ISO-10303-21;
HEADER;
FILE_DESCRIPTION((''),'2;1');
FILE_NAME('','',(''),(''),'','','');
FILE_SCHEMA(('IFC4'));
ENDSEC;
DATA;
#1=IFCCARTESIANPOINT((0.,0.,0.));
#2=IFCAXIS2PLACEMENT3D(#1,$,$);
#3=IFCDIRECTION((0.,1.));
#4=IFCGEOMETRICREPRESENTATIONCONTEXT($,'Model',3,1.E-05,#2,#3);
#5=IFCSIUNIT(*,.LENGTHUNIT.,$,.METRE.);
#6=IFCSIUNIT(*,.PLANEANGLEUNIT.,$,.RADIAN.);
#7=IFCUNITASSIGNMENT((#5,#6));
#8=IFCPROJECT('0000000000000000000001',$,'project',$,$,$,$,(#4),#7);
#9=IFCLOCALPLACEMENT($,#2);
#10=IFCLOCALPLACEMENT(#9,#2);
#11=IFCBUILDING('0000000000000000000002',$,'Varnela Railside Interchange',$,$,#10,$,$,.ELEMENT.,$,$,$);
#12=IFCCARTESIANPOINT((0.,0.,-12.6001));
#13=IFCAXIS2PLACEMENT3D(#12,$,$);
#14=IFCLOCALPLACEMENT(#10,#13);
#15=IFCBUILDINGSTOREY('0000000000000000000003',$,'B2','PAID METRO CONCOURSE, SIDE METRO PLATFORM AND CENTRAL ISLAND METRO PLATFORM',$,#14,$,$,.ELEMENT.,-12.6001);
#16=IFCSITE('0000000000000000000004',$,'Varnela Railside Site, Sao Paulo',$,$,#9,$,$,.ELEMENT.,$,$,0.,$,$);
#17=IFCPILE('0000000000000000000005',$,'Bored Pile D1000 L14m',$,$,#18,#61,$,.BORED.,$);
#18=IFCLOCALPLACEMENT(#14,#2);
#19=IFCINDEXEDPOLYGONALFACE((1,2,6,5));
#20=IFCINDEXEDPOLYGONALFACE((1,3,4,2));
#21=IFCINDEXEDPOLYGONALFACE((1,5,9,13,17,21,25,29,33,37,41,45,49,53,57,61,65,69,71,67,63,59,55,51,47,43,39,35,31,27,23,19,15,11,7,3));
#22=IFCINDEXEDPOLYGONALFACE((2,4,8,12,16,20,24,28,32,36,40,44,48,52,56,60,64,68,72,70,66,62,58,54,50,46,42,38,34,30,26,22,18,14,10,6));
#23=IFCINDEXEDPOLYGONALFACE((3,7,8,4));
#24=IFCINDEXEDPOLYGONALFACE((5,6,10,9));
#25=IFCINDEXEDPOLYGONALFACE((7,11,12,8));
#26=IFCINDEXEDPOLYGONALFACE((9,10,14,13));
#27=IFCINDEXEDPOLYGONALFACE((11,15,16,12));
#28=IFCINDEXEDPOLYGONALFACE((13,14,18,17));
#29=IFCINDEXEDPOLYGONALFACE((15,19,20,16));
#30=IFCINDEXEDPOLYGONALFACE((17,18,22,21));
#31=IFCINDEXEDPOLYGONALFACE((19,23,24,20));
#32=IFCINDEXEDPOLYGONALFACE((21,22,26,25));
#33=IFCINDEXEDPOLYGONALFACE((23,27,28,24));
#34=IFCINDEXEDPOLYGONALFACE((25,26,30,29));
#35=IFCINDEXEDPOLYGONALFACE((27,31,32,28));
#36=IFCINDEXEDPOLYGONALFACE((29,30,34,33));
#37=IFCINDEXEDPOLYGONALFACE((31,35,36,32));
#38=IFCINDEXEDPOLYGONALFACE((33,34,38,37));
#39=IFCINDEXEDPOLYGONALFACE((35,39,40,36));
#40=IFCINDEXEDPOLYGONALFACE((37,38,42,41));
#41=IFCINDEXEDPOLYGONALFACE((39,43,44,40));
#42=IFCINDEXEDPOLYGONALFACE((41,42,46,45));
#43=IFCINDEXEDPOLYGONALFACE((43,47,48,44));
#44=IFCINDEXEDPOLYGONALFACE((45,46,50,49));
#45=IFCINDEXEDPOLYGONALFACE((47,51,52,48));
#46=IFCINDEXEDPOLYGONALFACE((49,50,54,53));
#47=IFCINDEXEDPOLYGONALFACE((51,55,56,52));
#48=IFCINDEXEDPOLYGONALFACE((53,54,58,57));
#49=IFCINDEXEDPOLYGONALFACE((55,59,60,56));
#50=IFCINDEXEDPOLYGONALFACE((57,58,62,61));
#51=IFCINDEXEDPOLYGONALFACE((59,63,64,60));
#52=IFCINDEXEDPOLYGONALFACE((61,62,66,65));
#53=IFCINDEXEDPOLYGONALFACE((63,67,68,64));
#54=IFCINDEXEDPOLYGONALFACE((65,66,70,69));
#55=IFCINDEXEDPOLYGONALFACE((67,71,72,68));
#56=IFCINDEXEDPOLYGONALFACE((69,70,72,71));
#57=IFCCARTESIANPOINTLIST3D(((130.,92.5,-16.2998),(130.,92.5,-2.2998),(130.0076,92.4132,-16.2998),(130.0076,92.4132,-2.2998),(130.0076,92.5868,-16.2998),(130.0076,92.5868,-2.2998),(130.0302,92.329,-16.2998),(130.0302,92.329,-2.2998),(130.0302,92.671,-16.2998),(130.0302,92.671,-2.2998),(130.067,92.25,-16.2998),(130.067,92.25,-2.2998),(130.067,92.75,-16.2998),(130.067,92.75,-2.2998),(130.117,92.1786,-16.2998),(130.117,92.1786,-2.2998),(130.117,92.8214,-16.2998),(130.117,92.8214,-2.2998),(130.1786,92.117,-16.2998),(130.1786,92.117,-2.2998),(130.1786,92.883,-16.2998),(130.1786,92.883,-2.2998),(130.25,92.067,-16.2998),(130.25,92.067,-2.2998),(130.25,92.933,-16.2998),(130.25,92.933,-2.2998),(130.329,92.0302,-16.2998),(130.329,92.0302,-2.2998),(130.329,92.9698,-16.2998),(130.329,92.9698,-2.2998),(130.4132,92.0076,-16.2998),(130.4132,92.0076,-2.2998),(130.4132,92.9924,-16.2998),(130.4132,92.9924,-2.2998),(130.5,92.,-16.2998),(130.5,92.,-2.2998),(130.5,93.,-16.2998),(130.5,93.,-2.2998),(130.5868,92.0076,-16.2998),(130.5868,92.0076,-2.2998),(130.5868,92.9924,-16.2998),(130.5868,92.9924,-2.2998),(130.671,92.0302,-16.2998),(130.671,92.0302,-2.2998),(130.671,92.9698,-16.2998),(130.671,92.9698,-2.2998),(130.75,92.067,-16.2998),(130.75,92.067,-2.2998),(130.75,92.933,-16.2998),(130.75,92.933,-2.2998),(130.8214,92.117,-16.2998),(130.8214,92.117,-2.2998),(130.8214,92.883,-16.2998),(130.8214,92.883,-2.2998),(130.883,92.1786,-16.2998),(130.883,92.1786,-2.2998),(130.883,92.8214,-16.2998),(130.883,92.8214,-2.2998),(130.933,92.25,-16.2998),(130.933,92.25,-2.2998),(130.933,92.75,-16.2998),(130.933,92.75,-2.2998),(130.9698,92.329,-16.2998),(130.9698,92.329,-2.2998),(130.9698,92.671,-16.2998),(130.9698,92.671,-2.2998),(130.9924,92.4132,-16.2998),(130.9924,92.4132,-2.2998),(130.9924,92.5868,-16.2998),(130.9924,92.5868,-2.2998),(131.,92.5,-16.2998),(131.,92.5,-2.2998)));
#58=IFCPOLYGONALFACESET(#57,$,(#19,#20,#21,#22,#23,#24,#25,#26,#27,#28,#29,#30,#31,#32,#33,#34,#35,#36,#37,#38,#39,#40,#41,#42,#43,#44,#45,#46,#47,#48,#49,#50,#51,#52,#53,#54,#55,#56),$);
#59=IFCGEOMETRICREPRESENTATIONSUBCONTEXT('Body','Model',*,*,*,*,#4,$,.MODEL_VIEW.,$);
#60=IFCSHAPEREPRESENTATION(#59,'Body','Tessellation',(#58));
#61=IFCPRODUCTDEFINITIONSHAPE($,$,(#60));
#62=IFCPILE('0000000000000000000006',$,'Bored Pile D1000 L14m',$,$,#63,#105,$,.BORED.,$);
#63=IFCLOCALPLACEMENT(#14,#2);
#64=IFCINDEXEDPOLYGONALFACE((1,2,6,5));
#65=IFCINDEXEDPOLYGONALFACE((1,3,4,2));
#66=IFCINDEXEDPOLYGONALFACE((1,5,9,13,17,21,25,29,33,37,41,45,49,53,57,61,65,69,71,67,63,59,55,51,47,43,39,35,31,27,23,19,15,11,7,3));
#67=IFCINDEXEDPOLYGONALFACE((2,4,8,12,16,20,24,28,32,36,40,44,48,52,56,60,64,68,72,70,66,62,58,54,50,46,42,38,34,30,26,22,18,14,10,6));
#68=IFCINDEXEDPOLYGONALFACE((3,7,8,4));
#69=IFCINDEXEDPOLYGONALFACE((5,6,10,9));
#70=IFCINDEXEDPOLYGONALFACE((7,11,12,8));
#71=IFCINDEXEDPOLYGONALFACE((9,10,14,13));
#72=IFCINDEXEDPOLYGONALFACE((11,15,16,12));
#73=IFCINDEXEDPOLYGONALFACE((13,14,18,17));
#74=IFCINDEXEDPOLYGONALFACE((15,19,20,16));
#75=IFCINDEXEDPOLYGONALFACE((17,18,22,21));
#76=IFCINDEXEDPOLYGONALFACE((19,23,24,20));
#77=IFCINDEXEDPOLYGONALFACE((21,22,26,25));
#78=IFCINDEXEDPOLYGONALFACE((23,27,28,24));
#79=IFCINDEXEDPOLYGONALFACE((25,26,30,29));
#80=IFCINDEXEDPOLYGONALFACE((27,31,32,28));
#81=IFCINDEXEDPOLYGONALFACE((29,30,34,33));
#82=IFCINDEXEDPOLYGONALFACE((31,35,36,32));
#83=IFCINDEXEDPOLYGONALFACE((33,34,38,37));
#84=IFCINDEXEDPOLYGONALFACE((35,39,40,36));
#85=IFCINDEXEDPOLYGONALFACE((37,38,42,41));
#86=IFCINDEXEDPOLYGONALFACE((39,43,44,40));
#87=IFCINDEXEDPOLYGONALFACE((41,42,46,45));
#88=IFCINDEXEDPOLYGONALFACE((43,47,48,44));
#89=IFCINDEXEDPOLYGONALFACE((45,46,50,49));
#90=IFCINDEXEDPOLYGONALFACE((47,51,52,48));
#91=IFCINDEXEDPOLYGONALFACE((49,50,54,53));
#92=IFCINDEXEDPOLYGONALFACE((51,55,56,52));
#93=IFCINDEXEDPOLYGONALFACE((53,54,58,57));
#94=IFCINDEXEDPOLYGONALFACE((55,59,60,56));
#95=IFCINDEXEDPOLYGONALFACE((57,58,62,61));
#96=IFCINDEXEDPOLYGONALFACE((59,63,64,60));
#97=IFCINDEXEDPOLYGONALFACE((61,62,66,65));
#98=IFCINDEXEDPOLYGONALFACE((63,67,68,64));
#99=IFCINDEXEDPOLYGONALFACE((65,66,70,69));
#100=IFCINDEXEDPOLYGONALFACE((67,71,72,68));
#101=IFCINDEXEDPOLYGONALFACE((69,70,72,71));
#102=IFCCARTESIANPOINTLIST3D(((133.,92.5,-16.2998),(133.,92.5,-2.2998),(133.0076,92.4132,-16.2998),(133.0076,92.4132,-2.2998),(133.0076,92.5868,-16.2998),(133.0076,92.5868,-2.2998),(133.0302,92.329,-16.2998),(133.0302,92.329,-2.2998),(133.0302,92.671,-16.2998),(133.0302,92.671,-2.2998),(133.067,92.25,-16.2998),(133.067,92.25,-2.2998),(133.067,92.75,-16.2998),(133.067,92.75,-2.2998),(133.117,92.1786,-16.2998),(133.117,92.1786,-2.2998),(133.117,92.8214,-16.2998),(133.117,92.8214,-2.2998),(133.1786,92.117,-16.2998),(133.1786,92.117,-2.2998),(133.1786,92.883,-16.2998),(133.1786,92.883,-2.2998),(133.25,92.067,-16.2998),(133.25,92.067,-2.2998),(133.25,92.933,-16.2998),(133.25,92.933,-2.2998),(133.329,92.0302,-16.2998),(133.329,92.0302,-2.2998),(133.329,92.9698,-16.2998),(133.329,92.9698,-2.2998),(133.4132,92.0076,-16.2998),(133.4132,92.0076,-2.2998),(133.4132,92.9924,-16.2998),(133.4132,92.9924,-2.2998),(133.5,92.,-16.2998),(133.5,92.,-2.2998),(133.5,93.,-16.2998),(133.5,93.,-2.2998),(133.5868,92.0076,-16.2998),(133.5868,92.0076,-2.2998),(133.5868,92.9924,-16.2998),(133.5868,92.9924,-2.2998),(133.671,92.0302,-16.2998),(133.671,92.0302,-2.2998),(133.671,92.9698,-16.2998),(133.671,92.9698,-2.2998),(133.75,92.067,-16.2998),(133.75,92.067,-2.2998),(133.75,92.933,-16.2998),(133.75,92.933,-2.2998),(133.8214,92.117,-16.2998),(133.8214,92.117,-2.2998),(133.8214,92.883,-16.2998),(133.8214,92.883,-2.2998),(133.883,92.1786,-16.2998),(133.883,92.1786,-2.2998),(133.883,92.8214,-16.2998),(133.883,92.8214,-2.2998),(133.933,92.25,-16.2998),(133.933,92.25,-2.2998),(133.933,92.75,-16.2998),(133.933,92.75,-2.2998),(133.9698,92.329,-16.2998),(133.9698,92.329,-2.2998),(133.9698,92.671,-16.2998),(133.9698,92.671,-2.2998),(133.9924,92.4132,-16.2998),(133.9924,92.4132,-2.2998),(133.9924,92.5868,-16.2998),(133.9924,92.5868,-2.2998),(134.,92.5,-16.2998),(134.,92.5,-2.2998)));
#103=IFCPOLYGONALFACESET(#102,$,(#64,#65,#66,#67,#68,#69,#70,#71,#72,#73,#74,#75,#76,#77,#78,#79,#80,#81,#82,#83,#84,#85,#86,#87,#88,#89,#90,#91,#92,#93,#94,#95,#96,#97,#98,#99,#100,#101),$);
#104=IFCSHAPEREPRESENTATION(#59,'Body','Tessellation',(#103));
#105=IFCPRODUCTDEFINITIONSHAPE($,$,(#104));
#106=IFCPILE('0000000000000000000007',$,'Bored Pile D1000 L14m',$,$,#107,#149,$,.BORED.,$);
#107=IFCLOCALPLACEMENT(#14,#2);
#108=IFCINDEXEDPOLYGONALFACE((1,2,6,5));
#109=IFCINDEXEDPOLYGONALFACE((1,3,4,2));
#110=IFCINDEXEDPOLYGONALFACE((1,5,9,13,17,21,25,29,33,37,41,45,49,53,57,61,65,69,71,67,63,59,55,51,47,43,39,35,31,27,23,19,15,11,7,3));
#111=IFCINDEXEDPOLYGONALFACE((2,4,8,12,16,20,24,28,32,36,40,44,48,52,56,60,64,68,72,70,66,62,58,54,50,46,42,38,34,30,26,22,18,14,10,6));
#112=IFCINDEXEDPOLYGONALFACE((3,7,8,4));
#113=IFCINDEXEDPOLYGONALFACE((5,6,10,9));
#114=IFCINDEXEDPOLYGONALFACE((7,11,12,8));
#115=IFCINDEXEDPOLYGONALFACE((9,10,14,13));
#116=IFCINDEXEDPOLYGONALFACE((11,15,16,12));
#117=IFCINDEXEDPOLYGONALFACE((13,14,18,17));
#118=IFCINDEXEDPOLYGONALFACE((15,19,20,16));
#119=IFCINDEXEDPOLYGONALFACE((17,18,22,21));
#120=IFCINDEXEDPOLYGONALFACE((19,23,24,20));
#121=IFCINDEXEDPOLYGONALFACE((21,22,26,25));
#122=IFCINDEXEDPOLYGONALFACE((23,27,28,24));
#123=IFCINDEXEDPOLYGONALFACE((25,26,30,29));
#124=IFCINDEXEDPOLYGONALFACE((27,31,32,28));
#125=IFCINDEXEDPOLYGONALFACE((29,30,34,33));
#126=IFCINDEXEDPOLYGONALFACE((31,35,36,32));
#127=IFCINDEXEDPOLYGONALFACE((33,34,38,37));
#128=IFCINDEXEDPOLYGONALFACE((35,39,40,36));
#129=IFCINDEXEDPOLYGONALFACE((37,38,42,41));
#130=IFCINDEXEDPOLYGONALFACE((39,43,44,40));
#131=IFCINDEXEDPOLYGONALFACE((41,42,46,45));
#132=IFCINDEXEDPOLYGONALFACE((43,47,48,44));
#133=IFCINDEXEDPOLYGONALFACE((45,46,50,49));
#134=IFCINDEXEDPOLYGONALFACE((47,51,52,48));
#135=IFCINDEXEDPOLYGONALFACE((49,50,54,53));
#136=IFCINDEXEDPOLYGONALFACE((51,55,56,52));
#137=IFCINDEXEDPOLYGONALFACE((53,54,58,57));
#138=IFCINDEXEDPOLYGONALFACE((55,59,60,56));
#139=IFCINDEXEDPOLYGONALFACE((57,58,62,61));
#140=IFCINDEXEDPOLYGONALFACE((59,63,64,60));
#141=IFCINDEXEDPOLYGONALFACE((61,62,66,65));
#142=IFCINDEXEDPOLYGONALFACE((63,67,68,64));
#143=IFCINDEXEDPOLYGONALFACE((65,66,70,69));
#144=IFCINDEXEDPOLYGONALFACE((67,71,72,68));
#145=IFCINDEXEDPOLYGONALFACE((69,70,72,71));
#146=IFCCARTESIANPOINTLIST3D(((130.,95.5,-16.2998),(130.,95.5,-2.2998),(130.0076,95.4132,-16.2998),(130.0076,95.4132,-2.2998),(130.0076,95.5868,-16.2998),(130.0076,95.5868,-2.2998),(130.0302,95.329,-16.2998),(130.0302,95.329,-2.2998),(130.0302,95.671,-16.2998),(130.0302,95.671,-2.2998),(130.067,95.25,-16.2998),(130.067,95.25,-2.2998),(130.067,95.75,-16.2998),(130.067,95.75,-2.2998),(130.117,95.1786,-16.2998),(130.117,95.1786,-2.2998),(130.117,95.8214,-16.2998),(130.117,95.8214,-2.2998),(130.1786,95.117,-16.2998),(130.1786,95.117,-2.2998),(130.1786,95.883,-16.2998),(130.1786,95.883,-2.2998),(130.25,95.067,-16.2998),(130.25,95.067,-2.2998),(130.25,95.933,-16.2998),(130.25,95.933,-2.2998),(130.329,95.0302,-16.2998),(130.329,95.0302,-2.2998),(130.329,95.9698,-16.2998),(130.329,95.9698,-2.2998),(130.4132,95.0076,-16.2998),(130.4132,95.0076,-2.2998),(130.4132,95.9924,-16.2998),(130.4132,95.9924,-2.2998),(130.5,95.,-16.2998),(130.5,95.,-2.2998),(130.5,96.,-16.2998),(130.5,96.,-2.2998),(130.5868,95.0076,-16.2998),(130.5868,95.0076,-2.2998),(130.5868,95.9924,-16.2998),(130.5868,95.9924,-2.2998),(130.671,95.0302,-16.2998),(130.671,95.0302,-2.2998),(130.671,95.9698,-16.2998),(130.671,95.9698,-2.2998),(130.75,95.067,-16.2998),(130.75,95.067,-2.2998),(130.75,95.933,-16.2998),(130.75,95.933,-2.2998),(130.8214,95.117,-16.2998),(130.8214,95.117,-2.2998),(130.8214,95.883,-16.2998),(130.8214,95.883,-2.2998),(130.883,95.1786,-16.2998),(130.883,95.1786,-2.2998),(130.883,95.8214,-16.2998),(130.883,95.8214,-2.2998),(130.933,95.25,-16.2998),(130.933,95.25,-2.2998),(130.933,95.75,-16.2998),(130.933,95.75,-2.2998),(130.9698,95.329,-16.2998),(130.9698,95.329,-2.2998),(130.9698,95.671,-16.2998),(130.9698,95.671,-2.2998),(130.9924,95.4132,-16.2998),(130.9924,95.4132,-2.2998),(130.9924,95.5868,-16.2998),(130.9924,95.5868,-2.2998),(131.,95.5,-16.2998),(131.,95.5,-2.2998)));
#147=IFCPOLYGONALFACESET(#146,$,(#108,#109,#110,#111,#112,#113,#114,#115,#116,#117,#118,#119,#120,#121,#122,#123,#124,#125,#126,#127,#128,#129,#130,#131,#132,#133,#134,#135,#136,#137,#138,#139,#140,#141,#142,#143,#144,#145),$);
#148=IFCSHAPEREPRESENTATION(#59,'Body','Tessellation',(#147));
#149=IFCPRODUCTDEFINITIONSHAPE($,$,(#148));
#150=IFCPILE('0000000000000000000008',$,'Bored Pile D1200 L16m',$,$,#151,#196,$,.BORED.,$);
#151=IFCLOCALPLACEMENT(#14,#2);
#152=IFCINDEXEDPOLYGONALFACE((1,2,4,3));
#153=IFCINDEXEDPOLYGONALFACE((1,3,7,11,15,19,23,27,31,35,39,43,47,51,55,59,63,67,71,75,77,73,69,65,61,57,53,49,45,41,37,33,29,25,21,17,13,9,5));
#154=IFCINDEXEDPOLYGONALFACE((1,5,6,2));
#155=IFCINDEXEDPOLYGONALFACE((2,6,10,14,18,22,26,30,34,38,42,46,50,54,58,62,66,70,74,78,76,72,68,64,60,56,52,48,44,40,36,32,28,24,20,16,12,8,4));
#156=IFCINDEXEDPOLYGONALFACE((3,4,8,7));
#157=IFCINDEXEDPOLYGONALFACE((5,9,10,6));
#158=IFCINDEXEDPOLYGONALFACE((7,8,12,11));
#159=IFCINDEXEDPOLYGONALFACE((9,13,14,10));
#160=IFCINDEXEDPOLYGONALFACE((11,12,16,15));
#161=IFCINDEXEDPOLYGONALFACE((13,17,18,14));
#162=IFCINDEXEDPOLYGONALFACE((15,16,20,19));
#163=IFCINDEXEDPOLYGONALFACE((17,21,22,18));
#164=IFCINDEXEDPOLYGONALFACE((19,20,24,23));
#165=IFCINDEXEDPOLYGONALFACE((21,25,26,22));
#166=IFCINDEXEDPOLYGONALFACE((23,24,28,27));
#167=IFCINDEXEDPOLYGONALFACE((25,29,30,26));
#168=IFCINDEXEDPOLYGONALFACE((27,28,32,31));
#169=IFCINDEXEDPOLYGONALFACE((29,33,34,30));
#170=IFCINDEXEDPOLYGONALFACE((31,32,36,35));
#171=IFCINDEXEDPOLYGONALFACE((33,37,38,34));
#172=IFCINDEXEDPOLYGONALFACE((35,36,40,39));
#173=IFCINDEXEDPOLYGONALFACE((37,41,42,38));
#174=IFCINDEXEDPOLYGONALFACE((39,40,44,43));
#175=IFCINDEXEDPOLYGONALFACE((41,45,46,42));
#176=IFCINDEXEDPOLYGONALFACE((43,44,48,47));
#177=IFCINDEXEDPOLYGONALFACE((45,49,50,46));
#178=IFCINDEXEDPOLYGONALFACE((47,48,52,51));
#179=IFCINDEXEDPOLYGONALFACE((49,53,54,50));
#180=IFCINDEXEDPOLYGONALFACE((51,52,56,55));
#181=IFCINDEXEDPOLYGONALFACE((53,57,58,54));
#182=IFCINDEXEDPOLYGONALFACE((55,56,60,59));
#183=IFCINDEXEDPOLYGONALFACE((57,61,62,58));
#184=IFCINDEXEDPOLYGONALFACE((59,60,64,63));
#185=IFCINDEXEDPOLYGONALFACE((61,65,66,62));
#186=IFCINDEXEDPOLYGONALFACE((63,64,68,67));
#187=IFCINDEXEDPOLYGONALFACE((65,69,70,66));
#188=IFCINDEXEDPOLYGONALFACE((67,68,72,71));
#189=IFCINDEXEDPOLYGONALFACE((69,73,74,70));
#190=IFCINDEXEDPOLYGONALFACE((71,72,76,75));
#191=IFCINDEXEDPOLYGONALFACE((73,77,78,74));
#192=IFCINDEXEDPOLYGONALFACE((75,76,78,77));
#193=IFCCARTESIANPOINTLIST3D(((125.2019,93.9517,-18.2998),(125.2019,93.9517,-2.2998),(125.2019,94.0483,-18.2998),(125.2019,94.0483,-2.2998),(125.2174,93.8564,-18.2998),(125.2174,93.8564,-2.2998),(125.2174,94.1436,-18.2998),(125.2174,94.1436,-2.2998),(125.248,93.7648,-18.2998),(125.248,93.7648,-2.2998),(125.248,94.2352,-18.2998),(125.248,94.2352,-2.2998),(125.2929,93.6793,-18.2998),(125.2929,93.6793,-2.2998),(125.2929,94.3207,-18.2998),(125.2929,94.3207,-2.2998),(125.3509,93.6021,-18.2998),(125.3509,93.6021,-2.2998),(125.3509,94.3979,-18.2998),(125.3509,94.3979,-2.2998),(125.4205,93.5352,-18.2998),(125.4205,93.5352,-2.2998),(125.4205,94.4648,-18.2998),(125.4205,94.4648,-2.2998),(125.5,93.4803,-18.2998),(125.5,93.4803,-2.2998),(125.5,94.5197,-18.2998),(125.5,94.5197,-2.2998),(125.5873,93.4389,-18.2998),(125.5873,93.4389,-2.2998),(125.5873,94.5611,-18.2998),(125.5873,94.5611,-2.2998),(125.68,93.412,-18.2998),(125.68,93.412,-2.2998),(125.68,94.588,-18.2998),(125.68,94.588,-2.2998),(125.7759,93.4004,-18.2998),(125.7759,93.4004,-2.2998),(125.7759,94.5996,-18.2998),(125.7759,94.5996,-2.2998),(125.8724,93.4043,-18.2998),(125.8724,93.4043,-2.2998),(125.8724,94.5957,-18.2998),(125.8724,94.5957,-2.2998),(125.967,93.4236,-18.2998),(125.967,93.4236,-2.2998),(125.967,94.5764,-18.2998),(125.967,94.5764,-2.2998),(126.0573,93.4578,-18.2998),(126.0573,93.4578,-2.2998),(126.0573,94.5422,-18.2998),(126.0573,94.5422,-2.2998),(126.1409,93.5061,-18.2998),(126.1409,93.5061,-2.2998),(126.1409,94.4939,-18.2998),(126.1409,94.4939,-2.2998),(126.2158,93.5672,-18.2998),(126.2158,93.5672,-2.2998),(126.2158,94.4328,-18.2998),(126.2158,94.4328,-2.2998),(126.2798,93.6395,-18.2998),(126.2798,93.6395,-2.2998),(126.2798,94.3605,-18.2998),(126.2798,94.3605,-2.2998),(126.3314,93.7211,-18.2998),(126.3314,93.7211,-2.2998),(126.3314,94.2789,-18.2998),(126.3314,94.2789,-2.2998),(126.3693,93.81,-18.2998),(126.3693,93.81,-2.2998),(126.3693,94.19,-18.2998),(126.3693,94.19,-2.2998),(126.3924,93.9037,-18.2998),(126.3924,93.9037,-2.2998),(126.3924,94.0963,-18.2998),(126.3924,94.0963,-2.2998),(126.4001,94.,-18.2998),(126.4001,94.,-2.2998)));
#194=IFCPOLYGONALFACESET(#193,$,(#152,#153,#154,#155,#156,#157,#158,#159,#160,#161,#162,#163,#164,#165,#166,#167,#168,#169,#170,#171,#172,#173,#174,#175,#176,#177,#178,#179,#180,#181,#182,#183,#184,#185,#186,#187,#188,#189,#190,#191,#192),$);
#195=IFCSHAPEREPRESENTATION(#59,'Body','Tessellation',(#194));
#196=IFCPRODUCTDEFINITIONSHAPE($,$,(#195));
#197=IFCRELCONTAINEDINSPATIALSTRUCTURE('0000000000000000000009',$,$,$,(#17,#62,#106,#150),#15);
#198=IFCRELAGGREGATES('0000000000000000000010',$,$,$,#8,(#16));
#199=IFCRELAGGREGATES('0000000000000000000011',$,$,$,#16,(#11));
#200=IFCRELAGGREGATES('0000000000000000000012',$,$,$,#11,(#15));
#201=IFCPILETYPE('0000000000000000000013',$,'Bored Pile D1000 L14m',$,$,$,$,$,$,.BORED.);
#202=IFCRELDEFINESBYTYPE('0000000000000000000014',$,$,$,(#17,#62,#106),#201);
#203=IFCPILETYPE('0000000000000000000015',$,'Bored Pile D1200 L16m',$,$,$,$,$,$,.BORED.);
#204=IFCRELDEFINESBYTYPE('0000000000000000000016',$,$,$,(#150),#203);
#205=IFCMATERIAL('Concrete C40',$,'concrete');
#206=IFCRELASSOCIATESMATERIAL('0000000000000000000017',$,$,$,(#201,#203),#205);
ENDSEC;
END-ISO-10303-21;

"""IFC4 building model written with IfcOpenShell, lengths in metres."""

from ifc_helpers import new_model, si_unit, direction, frame, origin, origin_2d, place, context, subcontext, project, spatial, circle, extrude, material, material_profile, profile_set, type_object, element, save


model = new_model("IFC4")

# Units and contexts
model_context = context("Model", 3, precision=1e-05, world=origin(), true_north=direction((0.0, 1.0)))
body_context = subcontext(model_context, "Body", "Model", "MODEL_VIEW")
ifc_project = project(units=[si_unit("LENGTHUNIT", "METRE"), si_unit("PLANEANGLEUNIT", "RADIAN")], contexts=[model_context])

# Site, building, storey
site_placement = place(None, origin())
site = spatial("IfcSite", under=ifc_project, at=site_placement, Name="Varnela Railside Site, Sao Paulo", CompositionType="ELEMENT", RefElevation=0.0)
building_placement = place(site_placement, origin())
building = spatial("IfcBuilding", under=site, at=building_placement, Name="Varnela Railside Interchange", CompositionType="ELEMENT")
storey_placement = place(building_placement, frame((0.0, 0.0, -12.6001)))
storey = spatial("IfcBuildingStorey", under=building, at=storey_placement, Name="B2", Description="PAID METRO CONCOURSE, SIDE METRO PLATFORM AND CENTRAL ISLAND METRO PLATFORM", CompositionType="ELEMENT", Elevation=-12.6001)

# Piles
ifc_material_1 = material(Name="Concrete C40", Category="concrete")
ifc_material_profile_1 = material_profile(ifc_material_1, circle(Radius=0.5, at=origin_2d()), Name="BORED PILE D1000")
ifc_profile_set_1 = profile_set([ifc_material_profile_1], Name="Concrete C40")
pile_type_1 = type_object("IfcPileType", Name="Bored Pile D1000 L14m", PredefinedType="BORED", material=ifc_profile_set_1)
for number, where, z_axis, x_axis, name in (
    (1, (130.5, 92.5, -2.2998), (0.0, 0.0, -1.0), (1.0, 0.0, 0.0), "Bored Pile D1000 L14m"),
    (2, (133.5, 92.5, -2.2998), (0.0, 0.0, -1.0), (1.0, 0.0, 0.0), "Bored Pile D1000 L14m"),
    (3, (130.5, 95.5, -2.2998), (0.0, 0.0, -1.0), (1.0, 0.0, 0.0), "Bored Pile D1000 L14m"),
):
    element("IfcPile", number, at=place(storey_placement, frame(where, z_axis=z_axis, x_axis=x_axis)), inside=storey, type_object=pile_type_1, Name=name, PredefinedType="BORED", context=body_context, shape_type="SweptSolid", body=[
        extrude(circle(Radius=0.5, at=origin_2d()), origin(), (0.0, 0.0, 1.0), 14.0),
    ])
ifc_material_profile_2 = material_profile(ifc_material_1, circle(Radius=0.6001, at=origin_2d()), Name="BORED PILE D1200")
ifc_profile_set_2 = profile_set([ifc_material_profile_2], Name="Concrete C40")
pile_type_2 = type_object("IfcPileType", Name="Bored Pile D1200 L16m", PredefinedType="BORED", material=ifc_profile_set_2)
for number, where, z_axis, x_axis, name in (
    (4, (125.8, 94.0, -2.2998), (0.0, 0.0, -1.0), (1.0, 0.0, 0.0), "Bored Pile D1200 L16m"),
):
    element("IfcPile", number, at=place(storey_placement, frame(where, z_axis=z_axis, x_axis=x_axis)), inside=storey, type_object=pile_type_2, Name=name, PredefinedType="BORED", context=body_context, shape_type="SweptSolid", body=[
        extrude(circle(Radius=0.6001, at=origin_2d()), origin(), (0.0, 0.0, 1.0), 16.0),
    ])

save(model, "model.ifc")
